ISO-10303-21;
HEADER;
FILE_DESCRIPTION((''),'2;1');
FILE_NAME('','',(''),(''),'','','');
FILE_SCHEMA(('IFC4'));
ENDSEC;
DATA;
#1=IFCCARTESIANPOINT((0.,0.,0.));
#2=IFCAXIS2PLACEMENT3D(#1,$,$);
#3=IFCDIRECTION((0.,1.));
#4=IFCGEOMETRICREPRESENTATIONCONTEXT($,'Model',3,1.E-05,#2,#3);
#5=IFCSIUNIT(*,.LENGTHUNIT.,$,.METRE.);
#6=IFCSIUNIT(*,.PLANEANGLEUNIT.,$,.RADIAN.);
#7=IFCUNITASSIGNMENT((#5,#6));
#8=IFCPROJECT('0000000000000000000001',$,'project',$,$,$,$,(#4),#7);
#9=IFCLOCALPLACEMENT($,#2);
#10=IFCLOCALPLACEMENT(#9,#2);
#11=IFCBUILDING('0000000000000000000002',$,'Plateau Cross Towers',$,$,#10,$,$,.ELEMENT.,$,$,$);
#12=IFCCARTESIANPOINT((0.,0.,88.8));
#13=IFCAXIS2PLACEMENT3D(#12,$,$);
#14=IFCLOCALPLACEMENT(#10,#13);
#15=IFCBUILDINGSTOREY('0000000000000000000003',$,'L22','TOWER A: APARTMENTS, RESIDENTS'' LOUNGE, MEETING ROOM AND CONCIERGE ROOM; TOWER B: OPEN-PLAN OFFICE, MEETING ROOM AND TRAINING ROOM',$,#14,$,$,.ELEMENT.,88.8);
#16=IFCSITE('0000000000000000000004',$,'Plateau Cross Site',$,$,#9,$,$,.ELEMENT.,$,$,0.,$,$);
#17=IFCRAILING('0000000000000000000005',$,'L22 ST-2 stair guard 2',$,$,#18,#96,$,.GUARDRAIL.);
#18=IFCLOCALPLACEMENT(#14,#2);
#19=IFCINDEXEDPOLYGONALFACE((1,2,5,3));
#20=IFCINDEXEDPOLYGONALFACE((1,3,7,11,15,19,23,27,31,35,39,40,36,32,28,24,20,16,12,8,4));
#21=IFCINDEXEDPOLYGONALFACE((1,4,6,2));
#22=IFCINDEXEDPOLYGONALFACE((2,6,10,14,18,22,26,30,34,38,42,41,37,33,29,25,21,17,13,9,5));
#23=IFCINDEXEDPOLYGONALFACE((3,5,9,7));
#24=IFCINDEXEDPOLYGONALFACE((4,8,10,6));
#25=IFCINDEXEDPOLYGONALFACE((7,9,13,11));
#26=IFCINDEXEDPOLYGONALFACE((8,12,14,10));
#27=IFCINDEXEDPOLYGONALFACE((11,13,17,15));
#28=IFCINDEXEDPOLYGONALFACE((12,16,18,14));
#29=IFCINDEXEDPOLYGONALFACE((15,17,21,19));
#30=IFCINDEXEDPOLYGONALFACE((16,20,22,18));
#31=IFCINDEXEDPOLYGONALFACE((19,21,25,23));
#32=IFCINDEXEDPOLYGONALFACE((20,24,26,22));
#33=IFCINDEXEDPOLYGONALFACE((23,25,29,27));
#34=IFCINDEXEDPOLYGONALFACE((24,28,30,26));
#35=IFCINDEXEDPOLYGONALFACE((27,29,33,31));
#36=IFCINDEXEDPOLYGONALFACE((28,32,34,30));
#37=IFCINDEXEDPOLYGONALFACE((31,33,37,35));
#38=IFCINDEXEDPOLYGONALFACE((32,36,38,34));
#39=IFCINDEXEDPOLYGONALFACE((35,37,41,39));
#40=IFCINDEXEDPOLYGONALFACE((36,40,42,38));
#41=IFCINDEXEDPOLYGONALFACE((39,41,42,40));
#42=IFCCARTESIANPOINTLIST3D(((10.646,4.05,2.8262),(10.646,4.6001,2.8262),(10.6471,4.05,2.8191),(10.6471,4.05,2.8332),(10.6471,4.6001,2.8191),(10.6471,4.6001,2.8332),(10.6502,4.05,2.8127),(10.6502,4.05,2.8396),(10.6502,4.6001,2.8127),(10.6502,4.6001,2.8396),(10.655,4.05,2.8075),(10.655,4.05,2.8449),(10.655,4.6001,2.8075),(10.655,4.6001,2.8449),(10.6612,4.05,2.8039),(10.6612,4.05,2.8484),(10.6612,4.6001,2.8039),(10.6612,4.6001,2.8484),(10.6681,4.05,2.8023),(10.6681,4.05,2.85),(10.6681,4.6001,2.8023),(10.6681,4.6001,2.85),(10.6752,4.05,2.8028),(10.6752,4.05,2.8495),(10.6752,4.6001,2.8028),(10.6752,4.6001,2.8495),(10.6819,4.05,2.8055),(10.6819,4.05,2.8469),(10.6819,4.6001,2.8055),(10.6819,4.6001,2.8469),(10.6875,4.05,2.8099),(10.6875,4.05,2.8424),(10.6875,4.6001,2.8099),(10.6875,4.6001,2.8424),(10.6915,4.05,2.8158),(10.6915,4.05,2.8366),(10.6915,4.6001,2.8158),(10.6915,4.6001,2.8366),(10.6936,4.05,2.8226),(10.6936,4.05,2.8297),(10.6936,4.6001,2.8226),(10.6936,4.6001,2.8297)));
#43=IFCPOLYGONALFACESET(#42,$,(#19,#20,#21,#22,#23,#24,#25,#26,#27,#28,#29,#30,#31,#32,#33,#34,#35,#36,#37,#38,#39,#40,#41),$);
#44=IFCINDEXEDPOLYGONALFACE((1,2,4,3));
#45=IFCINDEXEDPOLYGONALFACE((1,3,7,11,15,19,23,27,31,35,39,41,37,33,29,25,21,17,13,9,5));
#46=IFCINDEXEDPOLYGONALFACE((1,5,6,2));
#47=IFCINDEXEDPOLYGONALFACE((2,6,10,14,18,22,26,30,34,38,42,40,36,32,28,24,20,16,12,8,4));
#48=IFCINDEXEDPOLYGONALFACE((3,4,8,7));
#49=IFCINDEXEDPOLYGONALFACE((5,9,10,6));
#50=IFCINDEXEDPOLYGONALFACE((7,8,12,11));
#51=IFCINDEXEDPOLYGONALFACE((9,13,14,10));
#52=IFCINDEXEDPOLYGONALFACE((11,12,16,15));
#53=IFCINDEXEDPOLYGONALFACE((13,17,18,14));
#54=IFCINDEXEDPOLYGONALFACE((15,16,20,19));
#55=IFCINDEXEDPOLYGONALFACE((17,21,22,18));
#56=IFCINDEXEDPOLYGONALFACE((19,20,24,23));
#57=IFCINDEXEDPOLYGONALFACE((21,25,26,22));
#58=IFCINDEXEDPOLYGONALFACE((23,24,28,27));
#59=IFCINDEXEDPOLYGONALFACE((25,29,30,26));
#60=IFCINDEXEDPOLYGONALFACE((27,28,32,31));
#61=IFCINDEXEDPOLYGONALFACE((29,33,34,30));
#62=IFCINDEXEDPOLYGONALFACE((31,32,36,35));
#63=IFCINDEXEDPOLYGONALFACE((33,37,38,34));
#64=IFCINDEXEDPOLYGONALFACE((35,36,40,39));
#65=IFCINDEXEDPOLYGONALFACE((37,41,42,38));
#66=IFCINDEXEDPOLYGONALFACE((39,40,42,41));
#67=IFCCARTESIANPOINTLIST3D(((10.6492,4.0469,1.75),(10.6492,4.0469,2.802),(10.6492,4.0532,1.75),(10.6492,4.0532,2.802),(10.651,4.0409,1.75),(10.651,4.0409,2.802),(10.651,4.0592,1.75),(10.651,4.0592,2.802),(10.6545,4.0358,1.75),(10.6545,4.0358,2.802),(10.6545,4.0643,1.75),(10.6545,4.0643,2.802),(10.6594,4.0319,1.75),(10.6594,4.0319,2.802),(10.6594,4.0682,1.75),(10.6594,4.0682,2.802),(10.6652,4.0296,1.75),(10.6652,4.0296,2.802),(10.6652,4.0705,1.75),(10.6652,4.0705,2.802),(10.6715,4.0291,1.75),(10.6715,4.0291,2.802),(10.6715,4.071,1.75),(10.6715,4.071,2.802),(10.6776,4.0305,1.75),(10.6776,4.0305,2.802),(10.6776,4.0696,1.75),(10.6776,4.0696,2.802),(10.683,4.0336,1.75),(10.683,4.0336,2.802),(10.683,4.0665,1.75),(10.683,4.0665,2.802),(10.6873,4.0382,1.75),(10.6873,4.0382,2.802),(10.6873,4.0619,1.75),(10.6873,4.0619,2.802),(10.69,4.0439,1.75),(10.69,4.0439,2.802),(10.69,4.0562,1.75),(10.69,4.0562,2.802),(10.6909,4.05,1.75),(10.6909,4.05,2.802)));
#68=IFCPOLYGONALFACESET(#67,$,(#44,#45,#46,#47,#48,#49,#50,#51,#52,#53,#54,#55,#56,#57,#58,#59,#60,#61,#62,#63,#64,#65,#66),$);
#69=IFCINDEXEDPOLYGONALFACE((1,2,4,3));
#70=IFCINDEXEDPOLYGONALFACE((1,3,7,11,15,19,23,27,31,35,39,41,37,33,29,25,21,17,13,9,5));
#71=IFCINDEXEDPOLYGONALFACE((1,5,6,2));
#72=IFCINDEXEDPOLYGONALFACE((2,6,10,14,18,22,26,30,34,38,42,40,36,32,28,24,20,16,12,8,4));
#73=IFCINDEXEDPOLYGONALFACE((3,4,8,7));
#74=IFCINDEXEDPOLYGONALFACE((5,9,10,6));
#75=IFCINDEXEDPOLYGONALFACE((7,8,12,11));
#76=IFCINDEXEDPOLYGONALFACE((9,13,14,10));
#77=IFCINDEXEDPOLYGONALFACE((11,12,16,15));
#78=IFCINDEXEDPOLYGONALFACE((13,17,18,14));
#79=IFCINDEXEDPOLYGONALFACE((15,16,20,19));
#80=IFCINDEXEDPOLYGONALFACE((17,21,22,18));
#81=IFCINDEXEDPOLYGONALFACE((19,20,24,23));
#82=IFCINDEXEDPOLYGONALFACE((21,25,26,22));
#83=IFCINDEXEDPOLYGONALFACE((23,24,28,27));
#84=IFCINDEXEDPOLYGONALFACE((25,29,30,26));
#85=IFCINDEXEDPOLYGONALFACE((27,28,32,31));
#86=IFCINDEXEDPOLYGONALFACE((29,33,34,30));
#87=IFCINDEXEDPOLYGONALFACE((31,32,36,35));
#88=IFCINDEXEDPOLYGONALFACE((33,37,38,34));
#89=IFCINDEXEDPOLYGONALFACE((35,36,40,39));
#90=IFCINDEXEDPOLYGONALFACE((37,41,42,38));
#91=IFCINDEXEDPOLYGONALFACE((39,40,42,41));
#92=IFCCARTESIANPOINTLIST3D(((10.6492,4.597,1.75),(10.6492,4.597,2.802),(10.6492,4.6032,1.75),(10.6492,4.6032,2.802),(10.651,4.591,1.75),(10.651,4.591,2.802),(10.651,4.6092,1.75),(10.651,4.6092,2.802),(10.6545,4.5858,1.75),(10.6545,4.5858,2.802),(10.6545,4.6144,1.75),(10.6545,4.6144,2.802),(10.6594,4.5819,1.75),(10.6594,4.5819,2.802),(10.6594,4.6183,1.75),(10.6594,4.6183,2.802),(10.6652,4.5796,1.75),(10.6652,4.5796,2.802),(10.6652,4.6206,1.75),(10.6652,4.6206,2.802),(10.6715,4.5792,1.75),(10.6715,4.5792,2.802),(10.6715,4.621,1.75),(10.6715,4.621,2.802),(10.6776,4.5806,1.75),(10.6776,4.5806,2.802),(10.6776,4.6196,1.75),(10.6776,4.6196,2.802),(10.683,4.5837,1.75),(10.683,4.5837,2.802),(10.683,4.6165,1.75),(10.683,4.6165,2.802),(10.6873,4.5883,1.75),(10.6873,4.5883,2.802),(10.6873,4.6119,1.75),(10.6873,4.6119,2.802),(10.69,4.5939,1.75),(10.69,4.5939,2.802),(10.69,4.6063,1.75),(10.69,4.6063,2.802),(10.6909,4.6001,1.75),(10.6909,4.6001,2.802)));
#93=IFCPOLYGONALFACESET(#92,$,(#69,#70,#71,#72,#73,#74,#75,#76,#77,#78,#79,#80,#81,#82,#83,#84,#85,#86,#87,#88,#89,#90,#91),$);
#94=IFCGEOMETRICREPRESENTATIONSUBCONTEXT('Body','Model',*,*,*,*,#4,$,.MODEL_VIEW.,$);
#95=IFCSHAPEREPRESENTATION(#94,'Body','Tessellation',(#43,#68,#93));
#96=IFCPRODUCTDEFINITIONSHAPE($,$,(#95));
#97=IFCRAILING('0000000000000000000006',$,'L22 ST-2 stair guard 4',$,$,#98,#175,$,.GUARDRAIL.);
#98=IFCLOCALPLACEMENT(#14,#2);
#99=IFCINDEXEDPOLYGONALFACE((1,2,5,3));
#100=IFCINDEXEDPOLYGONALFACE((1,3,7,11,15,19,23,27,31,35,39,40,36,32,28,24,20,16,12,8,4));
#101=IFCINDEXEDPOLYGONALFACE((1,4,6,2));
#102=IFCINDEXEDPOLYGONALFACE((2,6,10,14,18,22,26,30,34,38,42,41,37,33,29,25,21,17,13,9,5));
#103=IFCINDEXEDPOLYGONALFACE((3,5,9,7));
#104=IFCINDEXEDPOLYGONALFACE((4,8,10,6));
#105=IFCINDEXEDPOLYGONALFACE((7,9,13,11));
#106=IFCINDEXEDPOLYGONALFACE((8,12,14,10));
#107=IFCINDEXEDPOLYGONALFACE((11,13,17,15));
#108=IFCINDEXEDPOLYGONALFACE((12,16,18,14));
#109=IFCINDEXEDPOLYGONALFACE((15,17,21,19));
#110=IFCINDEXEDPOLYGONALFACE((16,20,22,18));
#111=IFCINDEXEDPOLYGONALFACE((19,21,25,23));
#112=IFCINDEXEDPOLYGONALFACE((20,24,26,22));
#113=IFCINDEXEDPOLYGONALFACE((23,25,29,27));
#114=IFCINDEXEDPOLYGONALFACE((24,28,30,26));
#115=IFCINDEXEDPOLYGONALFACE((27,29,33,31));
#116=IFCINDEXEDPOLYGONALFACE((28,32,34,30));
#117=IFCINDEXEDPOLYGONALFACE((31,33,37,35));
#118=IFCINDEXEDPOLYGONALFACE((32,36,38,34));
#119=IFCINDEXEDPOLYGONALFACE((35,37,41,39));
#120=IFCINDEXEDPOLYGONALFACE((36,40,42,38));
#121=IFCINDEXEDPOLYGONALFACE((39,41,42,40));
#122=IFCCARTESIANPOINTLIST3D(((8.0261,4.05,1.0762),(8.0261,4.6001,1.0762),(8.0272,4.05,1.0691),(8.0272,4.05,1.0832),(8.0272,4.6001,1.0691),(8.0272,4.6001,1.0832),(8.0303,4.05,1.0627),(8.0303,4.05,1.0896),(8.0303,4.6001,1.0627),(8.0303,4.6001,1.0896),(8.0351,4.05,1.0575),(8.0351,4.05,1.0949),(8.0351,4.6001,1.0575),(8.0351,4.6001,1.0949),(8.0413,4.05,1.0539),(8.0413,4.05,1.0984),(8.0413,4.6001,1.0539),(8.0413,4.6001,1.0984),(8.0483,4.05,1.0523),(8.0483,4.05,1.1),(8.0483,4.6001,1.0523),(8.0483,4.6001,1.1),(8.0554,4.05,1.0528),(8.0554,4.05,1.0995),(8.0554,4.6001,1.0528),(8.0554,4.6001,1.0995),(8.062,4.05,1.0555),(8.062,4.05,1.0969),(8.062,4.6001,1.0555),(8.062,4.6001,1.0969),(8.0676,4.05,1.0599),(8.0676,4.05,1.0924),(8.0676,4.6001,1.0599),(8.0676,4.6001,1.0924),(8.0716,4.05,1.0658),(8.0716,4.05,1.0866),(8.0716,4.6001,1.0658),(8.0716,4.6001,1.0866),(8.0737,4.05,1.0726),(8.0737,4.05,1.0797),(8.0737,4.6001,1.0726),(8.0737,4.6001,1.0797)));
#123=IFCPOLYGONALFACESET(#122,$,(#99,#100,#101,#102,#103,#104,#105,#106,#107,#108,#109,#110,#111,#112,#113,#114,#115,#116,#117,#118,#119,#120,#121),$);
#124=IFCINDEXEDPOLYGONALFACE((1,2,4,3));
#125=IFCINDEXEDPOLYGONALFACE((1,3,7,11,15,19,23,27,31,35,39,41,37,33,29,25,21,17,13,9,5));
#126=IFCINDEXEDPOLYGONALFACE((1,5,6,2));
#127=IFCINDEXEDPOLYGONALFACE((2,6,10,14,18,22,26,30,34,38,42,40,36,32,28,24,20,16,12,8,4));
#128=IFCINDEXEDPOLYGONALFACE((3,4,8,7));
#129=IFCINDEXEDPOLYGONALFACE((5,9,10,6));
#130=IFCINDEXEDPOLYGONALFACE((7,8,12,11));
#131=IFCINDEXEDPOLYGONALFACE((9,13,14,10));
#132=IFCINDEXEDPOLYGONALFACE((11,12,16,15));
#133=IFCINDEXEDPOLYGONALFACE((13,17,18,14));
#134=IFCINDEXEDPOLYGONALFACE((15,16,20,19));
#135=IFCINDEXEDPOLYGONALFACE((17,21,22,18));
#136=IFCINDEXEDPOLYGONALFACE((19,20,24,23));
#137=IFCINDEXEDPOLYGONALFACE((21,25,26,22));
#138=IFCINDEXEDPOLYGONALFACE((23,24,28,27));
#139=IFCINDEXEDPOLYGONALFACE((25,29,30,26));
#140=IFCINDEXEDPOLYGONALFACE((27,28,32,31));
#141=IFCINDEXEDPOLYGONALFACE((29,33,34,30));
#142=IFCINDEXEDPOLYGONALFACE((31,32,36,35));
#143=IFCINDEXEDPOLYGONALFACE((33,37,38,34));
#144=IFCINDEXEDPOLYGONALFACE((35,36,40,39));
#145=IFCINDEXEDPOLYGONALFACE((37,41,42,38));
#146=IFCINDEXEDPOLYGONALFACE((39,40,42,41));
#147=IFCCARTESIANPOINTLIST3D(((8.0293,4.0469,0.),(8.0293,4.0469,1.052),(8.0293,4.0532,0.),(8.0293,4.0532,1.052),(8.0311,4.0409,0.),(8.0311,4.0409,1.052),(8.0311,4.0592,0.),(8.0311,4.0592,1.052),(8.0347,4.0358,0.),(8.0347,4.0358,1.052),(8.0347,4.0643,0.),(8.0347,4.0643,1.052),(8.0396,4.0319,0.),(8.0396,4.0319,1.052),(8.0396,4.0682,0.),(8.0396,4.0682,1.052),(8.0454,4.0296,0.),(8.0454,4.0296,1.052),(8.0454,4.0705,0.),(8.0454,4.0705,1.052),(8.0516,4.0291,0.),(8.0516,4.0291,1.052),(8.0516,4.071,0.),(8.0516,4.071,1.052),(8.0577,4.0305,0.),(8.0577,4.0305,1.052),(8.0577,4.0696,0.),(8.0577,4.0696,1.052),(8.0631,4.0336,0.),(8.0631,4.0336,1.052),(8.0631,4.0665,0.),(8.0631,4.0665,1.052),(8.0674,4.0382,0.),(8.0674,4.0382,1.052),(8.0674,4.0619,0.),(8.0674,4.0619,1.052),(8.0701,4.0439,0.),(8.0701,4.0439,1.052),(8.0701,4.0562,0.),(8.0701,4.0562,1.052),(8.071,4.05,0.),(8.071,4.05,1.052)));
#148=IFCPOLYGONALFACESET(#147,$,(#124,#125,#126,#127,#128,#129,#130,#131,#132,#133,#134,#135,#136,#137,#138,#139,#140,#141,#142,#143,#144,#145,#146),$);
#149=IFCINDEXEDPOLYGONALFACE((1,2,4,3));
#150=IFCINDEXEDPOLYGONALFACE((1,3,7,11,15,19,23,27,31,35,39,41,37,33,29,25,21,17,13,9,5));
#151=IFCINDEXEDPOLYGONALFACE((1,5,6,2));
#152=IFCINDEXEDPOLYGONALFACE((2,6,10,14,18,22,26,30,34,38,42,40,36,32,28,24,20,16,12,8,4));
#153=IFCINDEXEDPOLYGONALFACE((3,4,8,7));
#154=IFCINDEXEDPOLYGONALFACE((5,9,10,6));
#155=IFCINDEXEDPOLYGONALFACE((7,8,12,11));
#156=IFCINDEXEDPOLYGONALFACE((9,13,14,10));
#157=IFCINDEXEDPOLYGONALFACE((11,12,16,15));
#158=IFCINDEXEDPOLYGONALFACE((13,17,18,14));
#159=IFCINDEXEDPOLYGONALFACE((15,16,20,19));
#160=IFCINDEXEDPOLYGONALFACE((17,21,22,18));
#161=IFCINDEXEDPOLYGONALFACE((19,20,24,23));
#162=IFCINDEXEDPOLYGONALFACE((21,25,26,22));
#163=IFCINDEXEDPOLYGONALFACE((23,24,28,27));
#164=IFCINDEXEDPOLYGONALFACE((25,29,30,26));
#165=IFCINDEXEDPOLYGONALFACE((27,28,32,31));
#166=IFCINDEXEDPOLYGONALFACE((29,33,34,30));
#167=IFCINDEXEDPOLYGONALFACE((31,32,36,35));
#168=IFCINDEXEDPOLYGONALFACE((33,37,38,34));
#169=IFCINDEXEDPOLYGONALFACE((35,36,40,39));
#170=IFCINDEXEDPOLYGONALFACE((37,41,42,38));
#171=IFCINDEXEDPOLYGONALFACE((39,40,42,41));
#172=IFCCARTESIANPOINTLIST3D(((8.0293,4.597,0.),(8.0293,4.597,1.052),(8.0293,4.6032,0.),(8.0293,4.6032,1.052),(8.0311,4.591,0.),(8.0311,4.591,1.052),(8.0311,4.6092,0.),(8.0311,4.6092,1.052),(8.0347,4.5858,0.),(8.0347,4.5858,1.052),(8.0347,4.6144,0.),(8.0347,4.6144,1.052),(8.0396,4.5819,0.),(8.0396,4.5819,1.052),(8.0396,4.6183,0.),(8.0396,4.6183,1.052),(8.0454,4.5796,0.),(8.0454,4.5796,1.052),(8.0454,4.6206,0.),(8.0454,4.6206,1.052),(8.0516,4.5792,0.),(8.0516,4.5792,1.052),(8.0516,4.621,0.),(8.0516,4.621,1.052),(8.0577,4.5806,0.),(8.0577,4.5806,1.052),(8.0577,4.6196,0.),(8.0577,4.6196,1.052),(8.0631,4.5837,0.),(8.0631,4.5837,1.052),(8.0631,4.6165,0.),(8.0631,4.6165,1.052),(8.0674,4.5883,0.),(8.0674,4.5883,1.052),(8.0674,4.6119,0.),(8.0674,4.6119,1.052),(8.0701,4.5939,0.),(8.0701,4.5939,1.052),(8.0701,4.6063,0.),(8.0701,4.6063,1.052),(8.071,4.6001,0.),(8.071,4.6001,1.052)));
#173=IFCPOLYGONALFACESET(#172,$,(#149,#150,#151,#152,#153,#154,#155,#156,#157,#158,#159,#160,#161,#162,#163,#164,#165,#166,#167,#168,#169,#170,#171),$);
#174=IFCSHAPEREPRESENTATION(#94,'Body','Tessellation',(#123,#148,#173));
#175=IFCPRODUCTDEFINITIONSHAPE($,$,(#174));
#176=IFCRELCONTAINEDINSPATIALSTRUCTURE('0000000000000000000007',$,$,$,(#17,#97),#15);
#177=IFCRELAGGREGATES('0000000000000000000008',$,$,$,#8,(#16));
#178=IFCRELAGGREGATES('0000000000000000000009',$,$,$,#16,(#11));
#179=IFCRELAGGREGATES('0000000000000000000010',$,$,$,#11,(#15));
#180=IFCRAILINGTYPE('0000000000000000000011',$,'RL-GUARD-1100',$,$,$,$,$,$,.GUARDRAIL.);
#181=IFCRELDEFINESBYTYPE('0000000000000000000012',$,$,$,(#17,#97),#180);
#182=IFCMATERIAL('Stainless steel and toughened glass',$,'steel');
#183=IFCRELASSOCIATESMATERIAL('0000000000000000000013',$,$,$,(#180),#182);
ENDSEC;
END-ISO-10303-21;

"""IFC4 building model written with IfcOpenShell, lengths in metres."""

from ifc_helpers import new_model, si_unit, direction, frame, origin, origin_2d, place, context, subcontext, project, spatial, circle, extrude, material, type_object, element, save


model = new_model("IFC4")

# Units and contexts
model_context = context("Model", 3, precision=1e-05, world=origin(), true_north=direction((0.0, 1.0)))
body_context = subcontext(model_context, "Body", "Model", "MODEL_VIEW")
ifc_project = project(units=[si_unit("LENGTHUNIT", "METRE"), si_unit("PLANEANGLEUNIT", "RADIAN")], contexts=[model_context])

# Site, building, storey
site_placement = place(None, origin())
site = spatial("IfcSite", under=ifc_project, at=site_placement, Name="Plateau Cross Site", CompositionType="ELEMENT", RefElevation=0.0)
building_placement = place(site_placement, origin())
building = spatial("IfcBuilding", under=site, at=building_placement, Name="Plateau Cross Towers", CompositionType="ELEMENT")
storey_placement = place(building_placement, frame((0.0, 0.0, 88.8)))
storey = spatial("IfcBuildingStorey", under=building, at=storey_placement, Name="L22", Description="TOWER A: APARTMENTS, RESIDENTS' LOUNGE, MEETING ROOM AND CONCIERGE ROOM; TOWER B: OPEN-PLAN OFFICE, MEETING ROOM AND TRAINING ROOM", CompositionType="ELEMENT", Elevation=88.8)

# Railings
ifc_material_1 = material(Name="Stainless steel and toughened glass", Category="steel")
railing_type_1 = type_object("IfcRailingType", Name="RL-GUARD-1100", PredefinedType="GUARDRAIL", material=ifc_material_1)
for number, where, name in (
    (1, (10.6699, 4.05, 1.75), "L22 ST-2 stair guard 2"),
    (2, (8.05, 4.05, 0.0), "L22 ST-2 stair guard 4"),
):
    element("IfcRailing", number, at=place(storey_placement, frame(where)), inside=storey, type_object=railing_type_1, Name=name, PredefinedType="GUARDRAIL", context=body_context, shape_type="SweptSolid", body=[
        extrude(circle(Radius=0.0239, at=origin_2d()), frame((0.0, 0.0, 1.0762), z_axis=(0.0, 1.0, 0.0), x_axis=(-1.0, 0.0, 0.0)), (0.0, 0.0, 1.0), 0.55),
        extrude(circle(Radius=0.021, at=origin_2d()), origin(), (0.0, 0.0, 1.0), 1.052),
        extrude(circle(Radius=0.021, at=origin_2d()), frame((0.0, 0.55, 0.0)), (0.0, 0.0, 1.0), 1.052),
    ])

save(model, "model.ifc")
